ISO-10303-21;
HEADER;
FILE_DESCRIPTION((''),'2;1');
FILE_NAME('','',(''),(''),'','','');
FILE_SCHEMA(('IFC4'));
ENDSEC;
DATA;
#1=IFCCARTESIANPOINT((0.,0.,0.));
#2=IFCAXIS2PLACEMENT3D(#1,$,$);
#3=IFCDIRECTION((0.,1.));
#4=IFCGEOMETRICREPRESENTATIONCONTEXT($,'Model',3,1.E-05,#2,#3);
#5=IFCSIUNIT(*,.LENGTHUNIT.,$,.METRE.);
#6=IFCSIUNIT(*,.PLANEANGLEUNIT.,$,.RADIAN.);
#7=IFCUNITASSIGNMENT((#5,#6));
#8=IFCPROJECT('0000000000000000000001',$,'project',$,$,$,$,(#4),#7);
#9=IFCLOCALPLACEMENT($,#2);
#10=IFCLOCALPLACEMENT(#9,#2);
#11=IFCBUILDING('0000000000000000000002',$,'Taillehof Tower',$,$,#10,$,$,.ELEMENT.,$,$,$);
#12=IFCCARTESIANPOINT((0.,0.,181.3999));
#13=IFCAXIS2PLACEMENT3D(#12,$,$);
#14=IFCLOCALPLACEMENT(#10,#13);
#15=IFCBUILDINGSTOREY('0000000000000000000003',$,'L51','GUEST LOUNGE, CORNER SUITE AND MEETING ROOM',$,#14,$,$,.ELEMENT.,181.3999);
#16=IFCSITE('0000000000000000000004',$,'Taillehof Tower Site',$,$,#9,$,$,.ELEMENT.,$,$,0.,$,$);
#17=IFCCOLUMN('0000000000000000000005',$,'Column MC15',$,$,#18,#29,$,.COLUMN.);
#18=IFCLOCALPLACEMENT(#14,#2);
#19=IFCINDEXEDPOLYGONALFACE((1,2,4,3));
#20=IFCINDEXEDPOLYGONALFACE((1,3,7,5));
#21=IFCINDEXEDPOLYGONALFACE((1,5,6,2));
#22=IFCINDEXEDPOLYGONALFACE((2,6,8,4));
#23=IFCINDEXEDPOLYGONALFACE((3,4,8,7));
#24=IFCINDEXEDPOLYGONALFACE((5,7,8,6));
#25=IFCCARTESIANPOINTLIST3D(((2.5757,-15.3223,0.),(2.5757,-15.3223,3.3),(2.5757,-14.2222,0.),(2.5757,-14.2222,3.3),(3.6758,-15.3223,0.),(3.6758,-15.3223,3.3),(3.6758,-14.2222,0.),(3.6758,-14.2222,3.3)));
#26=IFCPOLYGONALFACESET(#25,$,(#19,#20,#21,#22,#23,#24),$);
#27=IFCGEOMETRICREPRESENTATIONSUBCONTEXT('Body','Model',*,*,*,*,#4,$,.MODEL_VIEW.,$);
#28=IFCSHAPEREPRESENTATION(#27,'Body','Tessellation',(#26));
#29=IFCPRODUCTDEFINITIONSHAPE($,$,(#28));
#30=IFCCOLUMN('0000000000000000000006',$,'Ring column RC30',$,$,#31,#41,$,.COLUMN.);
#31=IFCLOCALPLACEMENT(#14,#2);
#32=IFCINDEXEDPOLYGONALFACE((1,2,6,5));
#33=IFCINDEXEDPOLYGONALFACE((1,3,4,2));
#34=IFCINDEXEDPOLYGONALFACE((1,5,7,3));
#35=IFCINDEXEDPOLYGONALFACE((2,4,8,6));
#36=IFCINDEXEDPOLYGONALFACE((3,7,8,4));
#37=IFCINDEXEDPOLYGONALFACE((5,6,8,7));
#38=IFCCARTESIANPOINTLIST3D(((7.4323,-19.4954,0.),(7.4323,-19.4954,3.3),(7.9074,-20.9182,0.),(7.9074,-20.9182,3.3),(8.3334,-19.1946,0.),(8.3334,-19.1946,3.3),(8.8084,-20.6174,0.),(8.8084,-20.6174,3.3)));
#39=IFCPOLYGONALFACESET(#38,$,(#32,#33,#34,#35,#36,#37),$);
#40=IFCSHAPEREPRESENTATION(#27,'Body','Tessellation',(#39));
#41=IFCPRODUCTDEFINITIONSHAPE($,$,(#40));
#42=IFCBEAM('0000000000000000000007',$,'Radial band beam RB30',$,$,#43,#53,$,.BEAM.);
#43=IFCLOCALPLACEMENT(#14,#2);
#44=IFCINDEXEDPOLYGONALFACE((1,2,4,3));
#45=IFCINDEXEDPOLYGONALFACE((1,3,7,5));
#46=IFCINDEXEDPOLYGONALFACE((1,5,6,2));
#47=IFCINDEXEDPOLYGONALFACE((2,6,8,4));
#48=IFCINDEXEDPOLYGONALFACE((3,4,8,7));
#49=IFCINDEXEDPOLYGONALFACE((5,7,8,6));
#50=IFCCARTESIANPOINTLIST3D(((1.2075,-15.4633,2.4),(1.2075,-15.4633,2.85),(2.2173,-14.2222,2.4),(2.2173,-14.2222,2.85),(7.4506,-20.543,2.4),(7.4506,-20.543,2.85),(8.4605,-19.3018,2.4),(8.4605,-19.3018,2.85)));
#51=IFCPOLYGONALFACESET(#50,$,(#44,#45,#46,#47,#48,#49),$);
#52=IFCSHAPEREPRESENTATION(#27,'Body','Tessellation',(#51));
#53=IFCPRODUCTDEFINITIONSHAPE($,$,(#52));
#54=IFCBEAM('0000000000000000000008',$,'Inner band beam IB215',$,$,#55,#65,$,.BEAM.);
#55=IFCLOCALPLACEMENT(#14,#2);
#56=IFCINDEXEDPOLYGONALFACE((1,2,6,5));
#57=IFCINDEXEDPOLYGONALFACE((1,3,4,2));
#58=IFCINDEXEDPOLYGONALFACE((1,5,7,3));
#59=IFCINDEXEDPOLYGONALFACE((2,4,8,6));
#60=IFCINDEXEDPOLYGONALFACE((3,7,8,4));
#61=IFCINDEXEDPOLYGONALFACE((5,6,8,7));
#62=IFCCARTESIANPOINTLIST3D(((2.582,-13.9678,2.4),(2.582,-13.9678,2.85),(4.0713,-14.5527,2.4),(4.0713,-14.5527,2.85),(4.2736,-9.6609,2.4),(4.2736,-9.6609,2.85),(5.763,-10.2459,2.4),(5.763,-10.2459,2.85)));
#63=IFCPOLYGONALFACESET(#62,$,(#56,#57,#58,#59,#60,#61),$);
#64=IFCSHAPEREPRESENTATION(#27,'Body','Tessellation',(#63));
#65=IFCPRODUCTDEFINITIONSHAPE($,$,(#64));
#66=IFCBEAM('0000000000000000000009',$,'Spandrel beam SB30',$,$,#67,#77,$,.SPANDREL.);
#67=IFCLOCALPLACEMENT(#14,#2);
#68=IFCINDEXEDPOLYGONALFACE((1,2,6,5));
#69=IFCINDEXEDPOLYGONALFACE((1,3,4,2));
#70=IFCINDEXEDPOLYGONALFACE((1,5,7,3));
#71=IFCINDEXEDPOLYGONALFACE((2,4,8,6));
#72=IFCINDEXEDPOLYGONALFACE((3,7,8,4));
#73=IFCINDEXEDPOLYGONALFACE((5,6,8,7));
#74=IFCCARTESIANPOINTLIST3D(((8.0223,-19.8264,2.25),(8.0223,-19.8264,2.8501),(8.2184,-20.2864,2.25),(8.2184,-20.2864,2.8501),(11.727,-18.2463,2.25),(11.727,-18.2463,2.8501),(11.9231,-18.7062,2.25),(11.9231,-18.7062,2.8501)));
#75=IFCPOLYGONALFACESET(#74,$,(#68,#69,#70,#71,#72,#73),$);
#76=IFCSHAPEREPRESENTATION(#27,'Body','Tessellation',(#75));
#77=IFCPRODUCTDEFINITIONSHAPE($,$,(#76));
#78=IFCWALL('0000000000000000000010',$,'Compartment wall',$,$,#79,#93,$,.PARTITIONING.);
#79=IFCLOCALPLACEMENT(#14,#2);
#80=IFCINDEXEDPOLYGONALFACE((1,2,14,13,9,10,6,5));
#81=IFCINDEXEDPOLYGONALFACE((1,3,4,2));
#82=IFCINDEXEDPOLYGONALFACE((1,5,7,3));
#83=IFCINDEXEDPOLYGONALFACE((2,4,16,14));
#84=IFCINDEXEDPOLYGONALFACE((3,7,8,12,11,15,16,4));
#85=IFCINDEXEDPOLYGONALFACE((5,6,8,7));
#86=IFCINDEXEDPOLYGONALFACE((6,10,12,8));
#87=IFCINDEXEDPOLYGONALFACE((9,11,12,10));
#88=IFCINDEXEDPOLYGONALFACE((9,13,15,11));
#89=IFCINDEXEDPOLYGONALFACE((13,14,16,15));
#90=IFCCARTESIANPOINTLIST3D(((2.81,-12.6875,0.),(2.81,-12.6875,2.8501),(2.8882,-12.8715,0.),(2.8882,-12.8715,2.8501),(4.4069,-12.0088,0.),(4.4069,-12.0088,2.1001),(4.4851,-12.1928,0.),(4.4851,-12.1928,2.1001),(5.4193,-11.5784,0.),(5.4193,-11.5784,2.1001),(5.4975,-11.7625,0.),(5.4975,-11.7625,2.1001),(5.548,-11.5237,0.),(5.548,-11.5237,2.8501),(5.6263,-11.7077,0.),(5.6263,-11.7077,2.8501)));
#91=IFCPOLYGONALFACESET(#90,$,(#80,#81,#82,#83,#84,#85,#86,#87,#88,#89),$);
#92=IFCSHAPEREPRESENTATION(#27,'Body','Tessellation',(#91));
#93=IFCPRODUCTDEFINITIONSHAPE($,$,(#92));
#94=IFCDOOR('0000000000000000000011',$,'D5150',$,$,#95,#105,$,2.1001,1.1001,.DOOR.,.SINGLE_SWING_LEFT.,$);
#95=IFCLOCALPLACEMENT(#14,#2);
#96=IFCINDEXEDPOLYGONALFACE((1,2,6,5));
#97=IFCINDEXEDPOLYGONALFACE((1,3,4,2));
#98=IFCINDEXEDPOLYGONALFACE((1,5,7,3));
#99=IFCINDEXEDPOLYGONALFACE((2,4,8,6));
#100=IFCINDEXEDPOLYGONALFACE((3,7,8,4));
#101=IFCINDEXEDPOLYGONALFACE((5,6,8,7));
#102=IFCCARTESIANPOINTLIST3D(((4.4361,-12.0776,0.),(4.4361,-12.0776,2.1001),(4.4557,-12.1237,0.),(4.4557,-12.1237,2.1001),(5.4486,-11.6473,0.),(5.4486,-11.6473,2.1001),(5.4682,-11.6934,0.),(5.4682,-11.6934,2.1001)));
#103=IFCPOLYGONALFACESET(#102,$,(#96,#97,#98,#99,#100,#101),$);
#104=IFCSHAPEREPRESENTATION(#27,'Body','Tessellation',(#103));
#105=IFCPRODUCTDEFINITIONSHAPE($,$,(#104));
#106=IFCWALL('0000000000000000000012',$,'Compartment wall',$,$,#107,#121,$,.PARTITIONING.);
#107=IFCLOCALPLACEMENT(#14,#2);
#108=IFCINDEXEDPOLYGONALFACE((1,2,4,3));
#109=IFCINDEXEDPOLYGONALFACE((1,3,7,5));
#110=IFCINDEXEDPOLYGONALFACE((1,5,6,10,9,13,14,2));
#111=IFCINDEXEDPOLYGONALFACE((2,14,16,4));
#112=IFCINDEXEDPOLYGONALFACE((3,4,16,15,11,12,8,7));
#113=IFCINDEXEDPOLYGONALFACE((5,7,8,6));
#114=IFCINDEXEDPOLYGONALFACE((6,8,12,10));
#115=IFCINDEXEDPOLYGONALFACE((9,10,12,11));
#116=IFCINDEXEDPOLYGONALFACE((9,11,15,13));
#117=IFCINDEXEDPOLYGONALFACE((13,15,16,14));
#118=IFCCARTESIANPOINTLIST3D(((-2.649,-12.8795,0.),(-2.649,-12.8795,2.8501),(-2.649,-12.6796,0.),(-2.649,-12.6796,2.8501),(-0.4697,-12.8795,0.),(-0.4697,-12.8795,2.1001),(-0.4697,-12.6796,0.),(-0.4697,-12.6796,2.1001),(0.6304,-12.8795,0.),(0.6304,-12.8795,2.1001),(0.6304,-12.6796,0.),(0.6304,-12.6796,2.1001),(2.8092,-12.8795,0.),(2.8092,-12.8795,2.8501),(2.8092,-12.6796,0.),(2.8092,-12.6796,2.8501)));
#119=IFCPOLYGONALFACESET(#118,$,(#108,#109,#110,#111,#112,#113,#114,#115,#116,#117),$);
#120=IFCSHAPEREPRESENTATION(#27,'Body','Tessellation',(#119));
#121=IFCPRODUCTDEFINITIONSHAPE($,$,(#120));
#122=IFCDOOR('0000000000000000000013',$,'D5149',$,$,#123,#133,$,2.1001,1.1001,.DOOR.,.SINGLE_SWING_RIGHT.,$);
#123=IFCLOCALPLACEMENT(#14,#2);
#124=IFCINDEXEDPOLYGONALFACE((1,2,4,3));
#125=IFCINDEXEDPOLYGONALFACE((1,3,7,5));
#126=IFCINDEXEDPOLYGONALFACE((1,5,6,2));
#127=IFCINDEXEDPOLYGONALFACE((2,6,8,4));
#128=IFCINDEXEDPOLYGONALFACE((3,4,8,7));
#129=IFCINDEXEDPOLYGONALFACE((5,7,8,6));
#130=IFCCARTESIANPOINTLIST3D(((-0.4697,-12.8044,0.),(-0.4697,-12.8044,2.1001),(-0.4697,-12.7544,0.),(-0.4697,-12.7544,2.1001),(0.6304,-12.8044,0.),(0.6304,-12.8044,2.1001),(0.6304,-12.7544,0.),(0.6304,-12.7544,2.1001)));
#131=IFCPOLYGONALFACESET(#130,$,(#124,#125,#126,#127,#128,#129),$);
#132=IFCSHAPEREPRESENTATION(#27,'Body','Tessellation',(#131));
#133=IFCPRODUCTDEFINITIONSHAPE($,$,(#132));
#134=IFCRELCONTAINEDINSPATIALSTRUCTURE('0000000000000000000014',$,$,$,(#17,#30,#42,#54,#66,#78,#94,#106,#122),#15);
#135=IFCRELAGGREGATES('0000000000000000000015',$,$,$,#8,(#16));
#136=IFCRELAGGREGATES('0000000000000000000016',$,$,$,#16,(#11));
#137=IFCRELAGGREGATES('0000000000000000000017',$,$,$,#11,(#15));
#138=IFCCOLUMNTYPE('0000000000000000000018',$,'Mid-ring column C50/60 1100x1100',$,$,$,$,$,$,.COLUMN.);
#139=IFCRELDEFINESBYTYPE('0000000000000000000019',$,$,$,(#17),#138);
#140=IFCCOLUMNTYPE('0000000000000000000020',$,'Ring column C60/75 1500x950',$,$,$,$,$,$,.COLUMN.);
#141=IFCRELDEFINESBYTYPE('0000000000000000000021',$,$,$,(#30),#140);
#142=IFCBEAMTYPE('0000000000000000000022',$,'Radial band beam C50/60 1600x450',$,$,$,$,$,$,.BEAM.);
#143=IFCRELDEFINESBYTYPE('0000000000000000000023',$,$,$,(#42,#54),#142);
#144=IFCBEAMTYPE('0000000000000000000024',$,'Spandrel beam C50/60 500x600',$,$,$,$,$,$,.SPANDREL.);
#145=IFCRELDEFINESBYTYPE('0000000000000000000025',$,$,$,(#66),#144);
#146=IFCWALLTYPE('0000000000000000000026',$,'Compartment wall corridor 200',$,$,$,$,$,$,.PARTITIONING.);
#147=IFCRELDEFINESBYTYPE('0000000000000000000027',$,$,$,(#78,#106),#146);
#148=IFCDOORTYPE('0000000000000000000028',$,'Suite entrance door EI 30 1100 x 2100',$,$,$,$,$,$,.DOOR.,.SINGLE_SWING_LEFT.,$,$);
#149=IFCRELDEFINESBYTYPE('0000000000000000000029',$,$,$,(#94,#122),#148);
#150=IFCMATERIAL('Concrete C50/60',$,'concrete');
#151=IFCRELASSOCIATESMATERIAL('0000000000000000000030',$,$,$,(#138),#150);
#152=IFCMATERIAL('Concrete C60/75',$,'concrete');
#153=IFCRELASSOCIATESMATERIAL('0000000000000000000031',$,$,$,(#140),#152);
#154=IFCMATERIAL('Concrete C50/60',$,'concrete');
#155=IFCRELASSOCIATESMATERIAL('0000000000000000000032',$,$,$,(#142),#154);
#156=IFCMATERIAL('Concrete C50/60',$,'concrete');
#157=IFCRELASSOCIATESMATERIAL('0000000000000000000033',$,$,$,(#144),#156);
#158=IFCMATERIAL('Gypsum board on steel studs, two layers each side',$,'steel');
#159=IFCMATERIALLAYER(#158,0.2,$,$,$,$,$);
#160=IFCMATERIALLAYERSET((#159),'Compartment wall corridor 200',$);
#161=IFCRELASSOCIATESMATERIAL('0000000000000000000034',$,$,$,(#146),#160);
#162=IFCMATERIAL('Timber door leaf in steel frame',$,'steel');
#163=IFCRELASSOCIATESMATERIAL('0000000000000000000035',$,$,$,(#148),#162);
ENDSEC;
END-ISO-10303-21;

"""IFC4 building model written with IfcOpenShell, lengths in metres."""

from ifc_helpers import new_model, si_unit, direction, frame, frame_2d, origin, origin_2d, place, context, subcontext, project, spatial, rectangle, extrude, material, layer, layer_set, material_profile, profile_set, type_object, element, fill, save


model = new_model("IFC4")

# Units and contexts
model_context = context("Model", 3, precision=1e-05, world=origin(), true_north=direction((0.0, 1.0)))
body_context = subcontext(model_context, "Body", "Model", "MODEL_VIEW")
ifc_project = project(units=[si_unit("LENGTHUNIT", "METRE"), si_unit("PLANEANGLEUNIT", "RADIAN")], contexts=[model_context])

# Site, building, storey
site_placement = place(None, origin())
site = spatial("IfcSite", under=ifc_project, at=site_placement, Name="Taillehof Tower Site", CompositionType="ELEMENT", RefElevation=0.0)
building_placement = place(site_placement, origin())
building = spatial("IfcBuilding", under=site, at=building_placement, Name="Taillehof Tower", CompositionType="ELEMENT")
storey_placement = place(building_placement, frame((0.0, 0.0, 181.3999)))
storey = spatial("IfcBuildingStorey", under=building, at=storey_placement, Name="L51", Description="GUEST LOUNGE, CORNER SUITE AND MEETING ROOM", CompositionType="ELEMENT", Elevation=181.3999)

# Columns
ifc_material_1 = material(Name="Concrete C50/60", Category="concrete")
ifc_material_profile_1 = material_profile(ifc_material_1, rectangle(XDim=1.1001, YDim=1.1001, at=origin_2d()), Name="RC 1100x1100")
ifc_profile_set_1 = profile_set([ifc_material_profile_1], Name="Concrete C50/60")
column_type_1 = type_object("IfcColumnType", Name="Mid-ring column C50/60 1100x1100", PredefinedType="COLUMN", material=ifc_profile_set_1)
column_1_placement = place(storey_placement, frame((3.1257, -14.7722, 0.0), z_axis=(0.0, 0.0, 1.0), x_axis=(1.0, 0.0, 0.0)))
element("IfcColumn", 1, at=column_1_placement, inside=storey, type_object=column_type_1, Name="Column MC15", PredefinedType="COLUMN", context=body_context, shape_type="SweptSolid", body=[
    extrude(rectangle(XDim=1.1001, YDim=1.1001, at=origin_2d()), origin(), (0.0, 0.0, 1.0), 3.3),
])
ifc_material_2 = material(Name="Concrete C60/75", Category="concrete")
ifc_material_profile_2 = material_profile(ifc_material_2, rectangle(XDim=1.5, YDim=0.95, at=origin_2d()), Name="RC 1500x950")
ifc_profile_set_2 = profile_set([ifc_material_profile_2], Name="Concrete C60/75")
column_type_2 = type_object("IfcColumnType", Name="Ring column C60/75 1500x950", PredefinedType="COLUMN", material=ifc_profile_set_2)
column_2_placement = place(storey_placement, frame((8.1204, -20.0564, 0.0), z_axis=(0.0, 0.0, 1.0), x_axis=(0.316703, -0.948525, 0.0)))
element("IfcColumn", 2, at=column_2_placement, inside=storey, type_object=column_type_2, Name="Ring column RC30", PredefinedType="COLUMN", context=body_context, shape_type="SweptSolid", body=[
    extrude(rectangle(XDim=1.5, YDim=0.95, at=origin_2d()), origin(), (0.0, 0.0, 1.0), 3.3),
])

# Beams
ifc_material_3 = material(Name="Concrete C50/60", Category="concrete")
ifc_material_profile_3 = material_profile(ifc_material_3, rectangle(XDim=1.6001, YDim=0.45, at=origin_2d()), Name="RC 1600x450")
ifc_profile_set_3 = profile_set([ifc_material_profile_3], Name="Concrete C50/60")
beam_type_1 = type_object("IfcBeamType", Name="Radial band beam C50/60 1600x450", PredefinedType="BEAM", material=ifc_profile_set_3)
beam_1_placement = place(storey_placement, frame((7.9556, -19.9224, 2.625), z_axis=(-0.775687, 0.631118, 0.0), x_axis=(-0.631118, -0.775687, 0.0)))
element("IfcBeam", 3, at=beam_1_placement, inside=storey, type_object=beam_type_1, Name="Radial band beam RB30", PredefinedType="BEAM", context=body_context, shape_type="SweptSolid", body=[
    extrude(rectangle(XDim=1.6001, YDim=0.45, at=origin_2d()), origin(), (0.0, 0.0, 1.0), 8.0486),
])
beam_2_placement = place(storey_placement, frame((3.3267, -14.2603, 2.625), z_axis=(0.365589, 0.930777, 0.0), x_axis=(-0.930777, 0.365589, 0.0)))
element("IfcBeam", 4, at=beam_2_placement, inside=storey, type_object=beam_type_1, Name="Inner band beam IB215", PredefinedType="BEAM", context=body_context, shape_type="SweptSolid", body=[
    extrude(rectangle(XDim=1.6001, YDim=0.45, at=origin_2d()), origin(), (0.0, 0.0, 1.0), 4.6272),
])
ifc_material_4 = material(Name="Concrete C50/60", Category="concrete")
ifc_material_profile_4 = material_profile(ifc_material_4, rectangle(XDim=0.5, YDim=0.6001, at=origin_2d()), Name="RC 500x600")
ifc_profile_set_4 = profile_set([ifc_material_profile_4], Name="Concrete C50/60")
beam_type_2 = type_object("IfcBeamType", Name="Spandrel beam C50/60 500x600", PredefinedType="SPANDREL", material=ifc_profile_set_4)
beam_3_placement = place(storey_placement, frame((8.1204, -20.0564, 2.55), z_axis=(0.919827, 0.392324, 0.0), x_axis=(-0.392324, 0.919827, 0.0)))
element("IfcBeam", 5, at=beam_3_placement, inside=storey, type_object=beam_type_2, Name="Spandrel beam SB30", PredefinedType="SPANDREL", context=body_context, shape_type="SweptSolid", body=[
    extrude(rectangle(XDim=0.5, YDim=0.6001, at=origin_2d()), origin(), (0.0, 0.0, 1.0), 4.0276),
])

# Walls, openings, doors
ifc_material_5 = material(Name="Gypsum board on steel studs, two layers each side", Category="steel")
ifc_layer_1 = layer(ifc_material_5, 0.2)
ifc_layer_set_1 = layer_set([ifc_layer_1], Name="Compartment wall corridor 200")
wall_type_1 = type_object("IfcWallType", Name="Compartment wall corridor 200", PredefinedType="PARTITIONING", material=ifc_layer_set_1)
wall_1_placement = place(storey_placement, frame((5.5872, -11.6157, 0.0), z_axis=(0.0, 0.0, 1.0), x_axis=(-0.920312, -0.391184, 0.0)))
wall_1 = element("IfcWall", 6, at=wall_1_placement, inside=storey, type_object=wall_type_1, Name="Compartment wall", PredefinedType="PARTITIONING", context=body_context, shape_type="SweptSolid", body=[
    extrude(rectangle(XDim=2.9751, YDim=0.2, at=frame_2d((1.4875, 0.0))), origin(), (0.0, 0.0, 1.0), 2.8501),
])
opening_1_placement = place(wall_1_placement, frame((0.1399, 0.0, 0.0)))
opening_1 = element("IfcOpeningElement", 7, at=opening_1_placement, cuts=wall_1, PredefinedType="OPENING", context=body_context, shape_type="SweptSolid", body=[
    extrude(rectangle(XDim=1.1001, YDim=2.1001, at=frame_2d((0.55, 1.05))), frame((0.0, 0.1099, 0.0), z_axis=(0.0, -1.0, 0.0), x_axis=(1.0, 0.0, 0.0)), (0.0, 0.0, 1.0), 0.22),
])
ifc_material_6 = material(Name="Timber door leaf in steel frame", Category="steel")
door_type_1 = type_object("IfcDoorType", Name="Suite entrance door EI 30 1100 x 2100", OperationType="SINGLE_SWING_LEFT", PredefinedType="DOOR", material=ifc_material_6)
door_1_placement = place(opening_1_placement, origin())
door_1 = element("IfcDoor", 8, at=door_1_placement, inside=storey, type_object=door_type_1, Name="D5150", OperationType="SINGLE_SWING_LEFT", OverallHeight=2.1001, OverallWidth=1.1001, PredefinedType="DOOR", context=body_context, shape_type="SweptSolid", body=[
    extrude(rectangle(XDim=1.1001, YDim=2.1001, at=frame_2d((0.55, 1.05))), frame((0.0, 0.0249, 0.0), z_axis=(0.0, -1.0, 0.0), x_axis=(1.0, 0.0, 0.0)), (0.0, 0.0, 1.0), 0.05),
])
fill(opening_1, door_1)
wall_2_placement = place(storey_placement, frame((2.8091, -12.7795, 0.0), z_axis=(0.0, 0.0, 1.0), x_axis=(-1.0, 0.0, 0.0)))
wall_2 = element("IfcWall", 9, at=wall_2_placement, inside=storey, type_object=wall_type_1, Name="Compartment wall", PredefinedType="PARTITIONING", context=body_context, shape_type="SweptSolid", body=[
    extrude(rectangle(XDim=5.4583, YDim=0.2, at=frame_2d((2.729, 0.0))), origin(), (0.0, 0.0, 1.0), 2.8501),
])
opening_2_placement = place(wall_2_placement, frame((2.1787, 0.0, 0.0)))
opening_2 = element("IfcOpeningElement", 10, at=opening_2_placement, cuts=wall_2, PredefinedType="OPENING", context=body_context, shape_type="SweptSolid", body=[
    extrude(rectangle(XDim=1.1001, YDim=2.1001, at=frame_2d((0.55, 1.05))), frame((0.0, 0.1099, 0.0), z_axis=(0.0, -1.0, 0.0), x_axis=(1.0, 0.0, 0.0)), (0.0, 0.0, 1.0), 0.22),
])
door_2_placement = place(opening_2_placement, origin())
door_2 = element("IfcDoor", 11, at=door_2_placement, inside=storey, type_object=door_type_1, Name="D5149", OperationType="SINGLE_SWING_RIGHT", OverallHeight=2.1001, OverallWidth=1.1001, PredefinedType="DOOR", context=body_context, shape_type="SweptSolid", body=[
    extrude(rectangle(XDim=1.1001, YDim=2.1001, at=frame_2d((0.55, 1.05))), frame((0.0, 0.0249, 0.0), z_axis=(0.0, -1.0, 0.0), x_axis=(1.0, 0.0, 0.0)), (0.0, 0.0, 1.0), 0.05),
])
fill(opening_2, door_2)

save(model, "model.ifc")
